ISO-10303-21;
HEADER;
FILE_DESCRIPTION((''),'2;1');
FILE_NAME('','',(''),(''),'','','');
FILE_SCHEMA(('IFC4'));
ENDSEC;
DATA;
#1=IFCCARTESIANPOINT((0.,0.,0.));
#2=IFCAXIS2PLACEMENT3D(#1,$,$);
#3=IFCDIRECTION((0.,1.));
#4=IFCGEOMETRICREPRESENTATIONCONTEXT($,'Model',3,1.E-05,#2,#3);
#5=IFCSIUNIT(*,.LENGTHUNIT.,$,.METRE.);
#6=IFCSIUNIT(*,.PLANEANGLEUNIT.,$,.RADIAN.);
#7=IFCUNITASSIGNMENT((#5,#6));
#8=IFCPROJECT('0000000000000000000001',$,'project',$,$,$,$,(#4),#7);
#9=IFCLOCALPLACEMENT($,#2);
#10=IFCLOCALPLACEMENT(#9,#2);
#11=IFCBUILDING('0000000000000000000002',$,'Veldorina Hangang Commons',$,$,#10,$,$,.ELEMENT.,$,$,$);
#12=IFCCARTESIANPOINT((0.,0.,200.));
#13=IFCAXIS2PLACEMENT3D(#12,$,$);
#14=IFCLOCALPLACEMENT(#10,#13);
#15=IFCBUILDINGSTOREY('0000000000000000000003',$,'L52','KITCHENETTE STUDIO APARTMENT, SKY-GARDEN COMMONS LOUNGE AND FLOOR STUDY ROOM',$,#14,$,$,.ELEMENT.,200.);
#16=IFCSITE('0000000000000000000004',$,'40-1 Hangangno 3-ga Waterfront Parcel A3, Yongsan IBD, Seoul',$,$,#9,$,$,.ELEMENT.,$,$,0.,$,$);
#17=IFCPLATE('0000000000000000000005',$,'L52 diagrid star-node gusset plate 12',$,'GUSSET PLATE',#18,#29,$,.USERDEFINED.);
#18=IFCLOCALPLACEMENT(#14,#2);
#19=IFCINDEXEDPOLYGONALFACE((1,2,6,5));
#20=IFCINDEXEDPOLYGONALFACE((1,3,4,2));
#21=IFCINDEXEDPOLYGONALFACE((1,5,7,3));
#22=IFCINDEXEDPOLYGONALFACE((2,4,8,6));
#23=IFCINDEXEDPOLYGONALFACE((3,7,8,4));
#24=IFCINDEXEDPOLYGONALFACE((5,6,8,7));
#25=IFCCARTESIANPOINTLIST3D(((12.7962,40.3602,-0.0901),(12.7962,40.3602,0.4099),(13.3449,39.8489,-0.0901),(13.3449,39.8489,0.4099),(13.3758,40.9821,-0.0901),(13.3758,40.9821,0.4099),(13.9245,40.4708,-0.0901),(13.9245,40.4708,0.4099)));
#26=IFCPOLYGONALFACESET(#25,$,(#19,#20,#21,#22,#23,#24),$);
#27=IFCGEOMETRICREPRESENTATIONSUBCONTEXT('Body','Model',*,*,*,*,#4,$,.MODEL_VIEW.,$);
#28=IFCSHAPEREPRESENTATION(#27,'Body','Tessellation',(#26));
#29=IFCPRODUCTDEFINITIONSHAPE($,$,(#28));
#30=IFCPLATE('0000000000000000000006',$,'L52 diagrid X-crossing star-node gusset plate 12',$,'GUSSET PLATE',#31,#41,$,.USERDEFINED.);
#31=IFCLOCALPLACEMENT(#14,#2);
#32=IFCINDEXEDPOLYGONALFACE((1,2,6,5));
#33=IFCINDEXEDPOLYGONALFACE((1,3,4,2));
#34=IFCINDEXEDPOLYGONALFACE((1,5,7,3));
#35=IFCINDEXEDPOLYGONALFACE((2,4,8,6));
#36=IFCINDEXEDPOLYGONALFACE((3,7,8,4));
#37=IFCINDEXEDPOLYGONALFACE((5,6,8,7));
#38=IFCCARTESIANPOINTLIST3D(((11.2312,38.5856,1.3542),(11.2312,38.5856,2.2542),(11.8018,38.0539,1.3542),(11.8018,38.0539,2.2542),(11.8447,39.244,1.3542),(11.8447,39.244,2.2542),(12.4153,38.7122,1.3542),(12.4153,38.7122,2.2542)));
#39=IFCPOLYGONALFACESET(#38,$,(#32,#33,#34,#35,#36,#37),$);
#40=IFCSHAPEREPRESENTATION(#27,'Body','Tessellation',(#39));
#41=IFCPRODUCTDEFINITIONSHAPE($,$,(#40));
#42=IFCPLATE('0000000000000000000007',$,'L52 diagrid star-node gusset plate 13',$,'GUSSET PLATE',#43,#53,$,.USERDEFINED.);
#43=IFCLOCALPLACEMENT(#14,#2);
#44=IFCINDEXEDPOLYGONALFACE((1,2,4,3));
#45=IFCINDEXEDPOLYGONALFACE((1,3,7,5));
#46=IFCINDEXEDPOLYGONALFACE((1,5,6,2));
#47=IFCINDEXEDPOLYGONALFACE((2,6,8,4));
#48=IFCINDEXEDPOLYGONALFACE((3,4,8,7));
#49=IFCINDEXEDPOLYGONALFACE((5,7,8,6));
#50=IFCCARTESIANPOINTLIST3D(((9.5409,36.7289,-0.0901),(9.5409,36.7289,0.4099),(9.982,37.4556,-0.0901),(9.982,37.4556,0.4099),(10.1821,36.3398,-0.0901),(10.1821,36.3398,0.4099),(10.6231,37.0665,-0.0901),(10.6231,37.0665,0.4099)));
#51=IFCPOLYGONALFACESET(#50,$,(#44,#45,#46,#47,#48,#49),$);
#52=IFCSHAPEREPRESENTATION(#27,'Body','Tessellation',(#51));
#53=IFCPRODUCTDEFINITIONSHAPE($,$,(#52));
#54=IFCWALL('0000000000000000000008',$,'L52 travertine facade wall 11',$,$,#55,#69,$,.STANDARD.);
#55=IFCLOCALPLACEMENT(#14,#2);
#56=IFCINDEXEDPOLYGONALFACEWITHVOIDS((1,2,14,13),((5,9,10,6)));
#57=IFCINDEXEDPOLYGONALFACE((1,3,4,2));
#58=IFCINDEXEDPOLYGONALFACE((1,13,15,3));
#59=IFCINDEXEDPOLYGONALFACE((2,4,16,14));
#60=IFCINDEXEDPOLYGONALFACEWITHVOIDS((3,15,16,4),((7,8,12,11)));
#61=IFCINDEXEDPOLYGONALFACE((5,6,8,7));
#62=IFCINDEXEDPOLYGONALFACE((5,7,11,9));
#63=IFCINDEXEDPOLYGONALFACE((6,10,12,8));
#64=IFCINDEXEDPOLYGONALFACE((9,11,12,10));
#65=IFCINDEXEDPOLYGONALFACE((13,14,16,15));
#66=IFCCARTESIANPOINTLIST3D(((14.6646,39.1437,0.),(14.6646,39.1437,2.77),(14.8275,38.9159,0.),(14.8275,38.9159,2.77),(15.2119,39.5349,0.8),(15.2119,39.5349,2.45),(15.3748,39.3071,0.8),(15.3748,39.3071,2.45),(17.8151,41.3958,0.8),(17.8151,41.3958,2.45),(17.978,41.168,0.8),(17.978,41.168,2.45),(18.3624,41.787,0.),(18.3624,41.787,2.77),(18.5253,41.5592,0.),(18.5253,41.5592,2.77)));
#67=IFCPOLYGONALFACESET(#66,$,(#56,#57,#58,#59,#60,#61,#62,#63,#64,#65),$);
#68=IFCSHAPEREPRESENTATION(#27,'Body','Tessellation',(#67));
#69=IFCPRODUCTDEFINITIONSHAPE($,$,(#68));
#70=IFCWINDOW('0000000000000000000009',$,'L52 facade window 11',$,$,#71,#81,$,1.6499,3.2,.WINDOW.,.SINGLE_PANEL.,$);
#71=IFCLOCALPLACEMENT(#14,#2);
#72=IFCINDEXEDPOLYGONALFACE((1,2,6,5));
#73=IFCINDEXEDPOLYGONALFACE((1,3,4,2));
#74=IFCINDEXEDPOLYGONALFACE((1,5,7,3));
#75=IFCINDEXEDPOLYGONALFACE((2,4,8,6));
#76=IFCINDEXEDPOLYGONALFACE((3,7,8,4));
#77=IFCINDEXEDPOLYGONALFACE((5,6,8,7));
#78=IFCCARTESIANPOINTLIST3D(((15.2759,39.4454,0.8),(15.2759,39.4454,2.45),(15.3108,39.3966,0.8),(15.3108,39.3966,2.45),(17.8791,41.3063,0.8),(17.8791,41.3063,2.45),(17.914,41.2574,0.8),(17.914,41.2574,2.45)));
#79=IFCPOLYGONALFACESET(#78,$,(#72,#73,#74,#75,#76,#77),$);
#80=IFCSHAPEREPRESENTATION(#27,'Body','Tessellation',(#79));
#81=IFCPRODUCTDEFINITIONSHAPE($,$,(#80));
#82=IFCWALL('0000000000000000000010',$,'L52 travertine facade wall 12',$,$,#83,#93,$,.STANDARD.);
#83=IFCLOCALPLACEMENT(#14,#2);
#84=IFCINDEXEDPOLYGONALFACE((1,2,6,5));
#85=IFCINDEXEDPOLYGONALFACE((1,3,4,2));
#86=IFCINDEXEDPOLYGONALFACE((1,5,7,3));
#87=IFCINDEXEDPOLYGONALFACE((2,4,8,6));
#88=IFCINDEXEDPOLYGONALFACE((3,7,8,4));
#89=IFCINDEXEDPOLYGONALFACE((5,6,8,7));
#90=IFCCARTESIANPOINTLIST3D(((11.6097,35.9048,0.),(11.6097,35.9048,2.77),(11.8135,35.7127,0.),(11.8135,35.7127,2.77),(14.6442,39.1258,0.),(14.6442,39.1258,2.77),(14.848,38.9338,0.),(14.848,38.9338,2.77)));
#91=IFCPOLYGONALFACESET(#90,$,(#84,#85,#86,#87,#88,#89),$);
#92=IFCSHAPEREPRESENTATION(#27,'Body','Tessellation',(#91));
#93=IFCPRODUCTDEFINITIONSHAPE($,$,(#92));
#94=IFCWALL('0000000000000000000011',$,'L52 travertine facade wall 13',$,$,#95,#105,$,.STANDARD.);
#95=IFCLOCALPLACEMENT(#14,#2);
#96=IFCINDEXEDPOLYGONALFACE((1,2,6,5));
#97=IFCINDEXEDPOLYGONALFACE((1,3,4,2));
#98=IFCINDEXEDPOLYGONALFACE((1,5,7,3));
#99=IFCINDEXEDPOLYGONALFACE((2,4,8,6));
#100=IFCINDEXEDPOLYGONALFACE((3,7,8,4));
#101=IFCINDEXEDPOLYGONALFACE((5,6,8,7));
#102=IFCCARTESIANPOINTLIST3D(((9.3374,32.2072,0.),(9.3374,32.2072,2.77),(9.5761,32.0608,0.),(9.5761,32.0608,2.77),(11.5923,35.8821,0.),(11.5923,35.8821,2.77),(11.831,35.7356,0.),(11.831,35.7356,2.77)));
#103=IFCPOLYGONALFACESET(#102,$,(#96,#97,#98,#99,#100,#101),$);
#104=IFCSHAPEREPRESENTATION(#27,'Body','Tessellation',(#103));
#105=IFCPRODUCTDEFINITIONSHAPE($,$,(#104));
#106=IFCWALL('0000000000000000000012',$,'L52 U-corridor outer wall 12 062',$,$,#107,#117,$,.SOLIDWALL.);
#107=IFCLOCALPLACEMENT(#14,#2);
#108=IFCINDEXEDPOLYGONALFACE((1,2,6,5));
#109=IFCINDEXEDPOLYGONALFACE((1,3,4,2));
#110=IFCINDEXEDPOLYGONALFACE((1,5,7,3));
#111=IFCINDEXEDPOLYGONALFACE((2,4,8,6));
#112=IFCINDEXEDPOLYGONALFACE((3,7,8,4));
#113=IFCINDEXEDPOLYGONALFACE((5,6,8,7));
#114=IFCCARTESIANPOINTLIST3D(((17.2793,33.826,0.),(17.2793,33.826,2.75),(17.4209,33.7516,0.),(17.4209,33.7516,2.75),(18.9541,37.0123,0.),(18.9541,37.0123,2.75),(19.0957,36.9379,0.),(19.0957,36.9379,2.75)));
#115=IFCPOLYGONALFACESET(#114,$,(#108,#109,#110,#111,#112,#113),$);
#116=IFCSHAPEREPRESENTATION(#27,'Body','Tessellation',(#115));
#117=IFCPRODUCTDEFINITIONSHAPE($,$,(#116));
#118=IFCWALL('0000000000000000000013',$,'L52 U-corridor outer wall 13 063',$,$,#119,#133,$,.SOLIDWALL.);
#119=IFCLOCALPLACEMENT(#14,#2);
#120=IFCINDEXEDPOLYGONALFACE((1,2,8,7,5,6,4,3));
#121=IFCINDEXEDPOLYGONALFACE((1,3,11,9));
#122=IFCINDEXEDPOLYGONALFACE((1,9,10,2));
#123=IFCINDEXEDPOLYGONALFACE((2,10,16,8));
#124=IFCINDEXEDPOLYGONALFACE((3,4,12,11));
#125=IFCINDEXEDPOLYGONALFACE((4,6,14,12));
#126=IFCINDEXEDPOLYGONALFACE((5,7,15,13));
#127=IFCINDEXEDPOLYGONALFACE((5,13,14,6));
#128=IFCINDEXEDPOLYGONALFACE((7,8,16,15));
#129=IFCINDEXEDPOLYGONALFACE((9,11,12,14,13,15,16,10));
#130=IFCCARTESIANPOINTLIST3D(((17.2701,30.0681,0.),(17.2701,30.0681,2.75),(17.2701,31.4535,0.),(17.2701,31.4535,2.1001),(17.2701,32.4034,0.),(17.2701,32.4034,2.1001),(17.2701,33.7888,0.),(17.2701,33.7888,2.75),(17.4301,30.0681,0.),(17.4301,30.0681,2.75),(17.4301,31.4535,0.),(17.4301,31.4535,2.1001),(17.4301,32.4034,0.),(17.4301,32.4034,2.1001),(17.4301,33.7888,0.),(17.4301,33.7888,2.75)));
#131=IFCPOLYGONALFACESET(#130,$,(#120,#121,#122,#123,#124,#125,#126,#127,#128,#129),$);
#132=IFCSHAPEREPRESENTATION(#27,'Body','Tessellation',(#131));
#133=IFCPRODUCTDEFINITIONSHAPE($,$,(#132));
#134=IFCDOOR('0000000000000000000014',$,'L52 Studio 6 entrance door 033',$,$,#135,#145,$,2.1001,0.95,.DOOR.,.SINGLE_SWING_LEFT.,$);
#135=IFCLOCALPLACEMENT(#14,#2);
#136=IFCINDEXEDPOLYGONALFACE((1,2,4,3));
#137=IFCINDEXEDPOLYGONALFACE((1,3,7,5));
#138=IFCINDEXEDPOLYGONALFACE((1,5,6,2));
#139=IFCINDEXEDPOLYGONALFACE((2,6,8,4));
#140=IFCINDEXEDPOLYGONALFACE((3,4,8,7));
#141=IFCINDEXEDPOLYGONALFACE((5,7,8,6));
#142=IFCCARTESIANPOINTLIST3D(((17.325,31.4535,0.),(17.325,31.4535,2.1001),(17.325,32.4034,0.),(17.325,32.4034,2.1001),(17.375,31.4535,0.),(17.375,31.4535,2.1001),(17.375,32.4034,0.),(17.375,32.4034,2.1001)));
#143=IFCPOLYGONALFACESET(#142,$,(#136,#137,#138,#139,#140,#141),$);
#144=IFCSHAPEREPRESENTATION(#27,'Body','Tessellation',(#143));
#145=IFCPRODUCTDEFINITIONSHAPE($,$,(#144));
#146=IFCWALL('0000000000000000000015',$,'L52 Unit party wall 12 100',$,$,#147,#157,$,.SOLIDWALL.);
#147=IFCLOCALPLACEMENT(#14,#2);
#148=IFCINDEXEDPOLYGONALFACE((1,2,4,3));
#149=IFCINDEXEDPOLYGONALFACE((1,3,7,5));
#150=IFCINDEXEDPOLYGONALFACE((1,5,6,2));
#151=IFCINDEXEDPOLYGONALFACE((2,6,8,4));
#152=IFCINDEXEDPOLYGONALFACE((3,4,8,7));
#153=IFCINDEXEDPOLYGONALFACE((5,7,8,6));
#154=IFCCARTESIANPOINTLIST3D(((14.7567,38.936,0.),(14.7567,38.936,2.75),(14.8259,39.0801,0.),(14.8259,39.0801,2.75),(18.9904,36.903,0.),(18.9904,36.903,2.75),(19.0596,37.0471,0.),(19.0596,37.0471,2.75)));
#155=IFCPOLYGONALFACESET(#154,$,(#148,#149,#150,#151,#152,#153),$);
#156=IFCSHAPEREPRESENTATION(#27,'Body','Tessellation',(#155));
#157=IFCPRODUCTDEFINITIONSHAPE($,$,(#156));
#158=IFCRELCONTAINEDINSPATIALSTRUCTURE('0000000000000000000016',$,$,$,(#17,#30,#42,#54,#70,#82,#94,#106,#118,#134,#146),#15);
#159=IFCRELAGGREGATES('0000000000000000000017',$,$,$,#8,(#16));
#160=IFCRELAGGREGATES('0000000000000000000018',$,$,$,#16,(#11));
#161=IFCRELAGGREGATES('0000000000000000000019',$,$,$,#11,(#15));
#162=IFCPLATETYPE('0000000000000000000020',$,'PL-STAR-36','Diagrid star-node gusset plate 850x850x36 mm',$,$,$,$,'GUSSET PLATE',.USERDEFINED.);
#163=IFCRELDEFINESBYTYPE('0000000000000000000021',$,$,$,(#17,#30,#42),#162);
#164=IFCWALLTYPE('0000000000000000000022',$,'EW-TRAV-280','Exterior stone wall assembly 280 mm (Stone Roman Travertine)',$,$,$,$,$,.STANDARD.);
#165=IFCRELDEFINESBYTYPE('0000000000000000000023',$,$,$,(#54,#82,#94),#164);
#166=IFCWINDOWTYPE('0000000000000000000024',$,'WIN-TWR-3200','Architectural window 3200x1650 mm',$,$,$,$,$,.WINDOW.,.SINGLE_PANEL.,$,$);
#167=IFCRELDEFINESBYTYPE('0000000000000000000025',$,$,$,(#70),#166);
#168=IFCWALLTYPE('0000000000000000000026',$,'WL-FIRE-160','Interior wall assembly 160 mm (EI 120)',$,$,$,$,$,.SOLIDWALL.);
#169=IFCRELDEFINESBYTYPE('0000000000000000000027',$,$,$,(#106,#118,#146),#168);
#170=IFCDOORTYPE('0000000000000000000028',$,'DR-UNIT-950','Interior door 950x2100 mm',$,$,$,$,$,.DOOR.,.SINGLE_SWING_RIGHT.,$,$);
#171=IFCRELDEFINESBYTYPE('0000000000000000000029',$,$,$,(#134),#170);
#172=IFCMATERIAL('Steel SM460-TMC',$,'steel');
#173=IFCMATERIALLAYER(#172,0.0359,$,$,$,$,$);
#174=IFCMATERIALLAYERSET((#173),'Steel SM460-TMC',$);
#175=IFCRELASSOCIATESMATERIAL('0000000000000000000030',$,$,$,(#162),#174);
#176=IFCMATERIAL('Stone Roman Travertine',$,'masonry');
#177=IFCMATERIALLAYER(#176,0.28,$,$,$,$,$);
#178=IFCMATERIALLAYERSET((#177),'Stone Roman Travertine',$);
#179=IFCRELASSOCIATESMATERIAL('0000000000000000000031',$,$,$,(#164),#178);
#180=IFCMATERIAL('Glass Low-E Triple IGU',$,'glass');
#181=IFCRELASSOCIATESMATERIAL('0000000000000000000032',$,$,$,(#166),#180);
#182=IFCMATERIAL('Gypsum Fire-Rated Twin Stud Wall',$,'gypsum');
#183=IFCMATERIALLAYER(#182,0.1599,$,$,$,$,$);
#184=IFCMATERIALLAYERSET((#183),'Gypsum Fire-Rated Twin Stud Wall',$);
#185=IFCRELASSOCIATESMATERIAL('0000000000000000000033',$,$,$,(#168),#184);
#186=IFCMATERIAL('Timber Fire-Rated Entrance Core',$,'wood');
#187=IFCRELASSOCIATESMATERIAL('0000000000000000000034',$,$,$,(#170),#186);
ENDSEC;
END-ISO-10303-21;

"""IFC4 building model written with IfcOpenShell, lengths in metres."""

from ifc_helpers import new_model, si_unit, direction, frame, frame_2d, origin, origin_2d, place, context, subcontext, project, spatial, rectangle, extrude, material, layer, layer_set, type_object, element, fill, save


model = new_model("IFC4")

# Units and contexts
model_context = context("Model", 3, precision=1e-05, world=origin(), true_north=direction((0.0, 1.0)))
body_context = subcontext(model_context, "Body", "Model", "MODEL_VIEW")
ifc_project = project(units=[si_unit("LENGTHUNIT", "METRE"), si_unit("PLANEANGLEUNIT", "RADIAN")], contexts=[model_context])

# Site, building, storey
site_placement = place(None, origin())
site = spatial("IfcSite", under=ifc_project, at=site_placement, Name="40-1 Hangangno 3-ga Waterfront Parcel A3, Yongsan IBD, Seoul", CompositionType="ELEMENT", RefElevation=0.0)
building_placement = place(site_placement, origin())
building = spatial("IfcBuilding", under=site, at=building_placement, Name="Veldorina Hangang Commons", CompositionType="ELEMENT")
storey_placement = place(building_placement, frame((0.0, 0.0, 200.0)))
storey = spatial("IfcBuildingStorey", under=building, at=storey_placement, Name="L52", Description="KITCHENETTE STUDIO APARTMENT, SKY-GARDEN COMMONS LOUNGE AND FLOOR STUDY ROOM", CompositionType="ELEMENT", Elevation=200.0)

# Plates
ifc_material_1 = material(Name="Steel SM460-TMC", Category="steel")
ifc_layer_1 = layer(ifc_material_1, 0.0359)
ifc_layer_set_1 = layer_set([ifc_layer_1], Name="Steel SM460-TMC")
plate_type = type_object("IfcPlateType", Name="PL-STAR-36", Description="Diagrid star-node gusset plate 850x850x36 mm", ElementType="GUSSET PLATE", PredefinedType="USERDEFINED", material=ifc_layer_set_1)
for number, where, z_axis, x_axis, name in (
    (1, (13.3604, 40.4155, -0.0901), (0.0, 0.0, 1.0), (-0.681756, -0.73158, 0.0), "L52 diagrid star-node gusset plate 12"),
):
    element("IfcPlate", number, at=place(storey_placement, frame(where, z_axis=z_axis, x_axis=x_axis)), inside=storey, type_object=plate_type, Name=name, ObjectType="GUSSET PLATE", PredefinedType="USERDEFINED", context=body_context, shape_type="SweptSolid", body=[
        extrude(rectangle(XDim=0.8501, YDim=0.75, at=origin_2d()), origin(), (0.0, 0.0, 1.0), 0.5),
    ])
plate_1_placement = place(storey_placement, frame((11.8232, 38.6489, 1.3542), z_axis=(0.0, 0.0, 1.0), x_axis=(-0.681756, -0.73158, 0.0)))
element("IfcPlate", 2, at=plate_1_placement, inside=storey, type_object=plate_type, Name="L52 diagrid X-crossing star-node gusset plate 12", ObjectType="GUSSET PLATE", PredefinedType="USERDEFINED", context=body_context, shape_type="SweptSolid", body=[
    extrude(rectangle(XDim=0.8999, YDim=0.78, at=origin_2d()), origin(), (0.0, 0.0, 1.0), 0.8999),
])
plate_2_placement = place(storey_placement, frame((10.082, 36.8977, -0.0901), z_axis=(0.0, 0.0, 1.0), x_axis=(-0.518833, -0.854876, 0.0)))
element("IfcPlate", 3, at=plate_2_placement, inside=storey, type_object=plate_type, Name="L52 diagrid star-node gusset plate 13", ObjectType="GUSSET PLATE", PredefinedType="USERDEFINED", context=body_context, shape_type="SweptSolid", body=[
    extrude(rectangle(XDim=0.8501, YDim=0.75, at=origin_2d()), origin(), (0.0, 0.0, 1.0), 0.5),
])

# Wall, opening, window
ifc_material_2 = material(Name="Stone Roman Travertine", Category="masonry")
ifc_layer_2 = layer(ifc_material_2, 0.28)
ifc_layer_set_2 = layer_set([ifc_layer_2], Name="Stone Roman Travertine")
wall_type_1 = type_object("IfcWallType", Name="EW-TRAV-280", Description="Exterior stone wall assembly 280 mm (Stone Roman Travertine)", PredefinedType="STANDARD", material=ifc_layer_set_2)
wall_1_placement = place(storey_placement, frame((18.4438, 41.6731, 0.0), z_axis=(0.0, 0.0, 1.0), x_axis=(-0.813519, -0.581538, 0.0)))
wall_1 = element("IfcWall", 4, at=wall_1_placement, inside=storey, type_object=wall_type_1, Name="L52 travertine facade wall 11", PredefinedType="STANDARD", context=body_context, shape_type="SweptSolid", body=[
    extrude(rectangle(XDim=4.5454, YDim=0.28, at=frame_2d((2.2727, 0.0))), origin(), (0.0, 0.0, 1.0), 2.77),
])
opening_1_placement = place(wall_1_placement, frame((0.6726, 0.0, 0.8)))
opening_1 = element("IfcOpeningElement", 5, at=opening_1_placement, cuts=wall_1, PredefinedType="OPENING", context=body_context, shape_type="SweptSolid", body=[
    extrude(rectangle(XDim=3.2, YDim=1.6499, at=frame_2d((1.6001, 0.825))), frame((0.0, 0.1499, 0.0), z_axis=(0.0, -1.0, 0.0), x_axis=(1.0, 0.0, 0.0)), (0.0, 0.0, 1.0), 0.3),
])
ifc_material_3 = material(Name="Glass Low-E Triple IGU", Category="glass")
window_type = type_object("IfcWindowType", Name="WIN-TWR-3200", Description="Architectural window 3200x1650 mm", PartitioningType="SINGLE_PANEL", PredefinedType="WINDOW", material=ifc_material_3)
window_placement = place(opening_1_placement, origin())
window = element("IfcWindow", 6, at=window_placement, inside=storey, type_object=window_type, Name="L52 facade window 11", OverallHeight=1.6499, OverallWidth=3.2, PartitioningType="SINGLE_PANEL", PredefinedType="WINDOW", context=body_context, shape_type="SweptSolid", body=[
    extrude(rectangle(XDim=3.2, YDim=1.6499, at=frame_2d((1.6001, 0.825))), frame((0.0, 0.03, 0.0), z_axis=(0.0, -1.0, 0.0), x_axis=(1.0, 0.0, 0.0)), (0.0, 0.0, 1.0), 0.0601),
])
fill(opening_1, window)

# Walls
wall_2_placement = place(storey_placement, frame((14.7461, 39.0298, 0.0), z_axis=(0.0, 0.0, 1.0), x_axis=(-0.685717, -0.727868, 0.0)))
element("IfcWall", 7, at=wall_2_placement, inside=storey, type_object=wall_type_1, Name="L52 travertine facade wall 12", PredefinedType="STANDARD", context=body_context, shape_type="SweptSolid", body=[
    extrude(rectangle(XDim=4.4253, YDim=0.28, at=frame_2d((2.2126, 0.0))), origin(), (0.0, 0.0, 1.0), 2.77),
])
wall_3_placement = place(storey_placement, frame((11.7117, 35.8088, 0.0), z_axis=(0.0, 0.0, 1.0), x_axis=(-0.522998, -0.852334, 0.0)))
element("IfcWall", 8, at=wall_3_placement, inside=storey, type_object=wall_type_1, Name="L52 travertine facade wall 13", PredefinedType="STANDARD", context=body_context, shape_type="SweptSolid", body=[
    extrude(rectangle(XDim=4.3115, YDim=0.28, at=frame_2d((2.1558, 0.0))), origin(), (0.0, 0.0, 1.0), 2.77),
])
ifc_material_4 = material(Name="Gypsum Fire-Rated Twin Stud Wall", Category="gypsum")
ifc_layer_3 = layer(ifc_material_4, 0.1599)
ifc_layer_set_3 = layer_set([ifc_layer_3], Name="Gypsum Fire-Rated Twin Stud Wall")
wall_type_2 = type_object("IfcWallType", Name="WL-FIRE-160", Description="Interior wall assembly 160 mm (EI 120)", PredefinedType="SOLIDWALL", material=ifc_layer_set_3)
wall_4_placement = place(storey_placement, frame((19.0249, 36.9751, 0.0), z_axis=(0.0, 0.0, 1.0), x_axis=(-0.465271, -0.885168, 0.0)))
element("IfcWall", 9, at=wall_4_placement, inside=storey, type_object=wall_type_2, Name="L52 U-corridor outer wall 12 062", PredefinedType="SOLIDWALL", context=body_context, shape_type="SweptSolid", body=[
    extrude(rectangle(XDim=3.5996, YDim=0.1599, at=frame_2d((1.7998, 0.0))), origin(), (0.0, 0.0, 1.0), 2.75),
])

# Wall, opening, door
wall_5_placement = place(storey_placement, frame((17.3501, 33.7888, 0.0), z_axis=(0.0, 0.0, 1.0), x_axis=(0.0, -1.0, 0.0)))
wall_5 = element("IfcWall", 10, at=wall_5_placement, inside=storey, type_object=wall_type_2, Name="L52 U-corridor outer wall 13 063", PredefinedType="SOLIDWALL", context=body_context, shape_type="SweptSolid", body=[
    extrude(rectangle(XDim=3.7207, YDim=0.1599, at=frame_2d((1.8604, 0.0))), origin(), (0.0, 0.0, 1.0), 2.75),
])
opening_2_placement = place(wall_5_placement, frame((1.3853, 0.0, 0.0)))
opening_2 = element("IfcOpeningElement", 11, at=opening_2_placement, cuts=wall_5, PredefinedType="OPENING", context=body_context, shape_type="SweptSolid", body=[
    extrude(rectangle(XDim=0.95, YDim=2.1001, at=frame_2d((0.4751, 1.05))), frame((0.0, 0.0898, 0.0), z_axis=(0.0, -1.0, 0.0), x_axis=(1.0, 0.0, 0.0)), (0.0, 0.0, 1.0), 0.1799),
])
ifc_material_5 = material(Name="Timber Fire-Rated Entrance Core", Category="wood")
door_type_1 = type_object("IfcDoorType", Name="DR-UNIT-950", Description="Interior door 950x2100 mm", OperationType="SINGLE_SWING_RIGHT", PredefinedType="DOOR", material=ifc_material_5)
door_1_placement = place(opening_2_placement, origin())
door_1 = element("IfcDoor", 12, at=door_1_placement, inside=storey, type_object=door_type_1, Name="L52 Studio 6 entrance door 033", OperationType="SINGLE_SWING_LEFT", OverallHeight=2.1001, OverallWidth=0.95, PredefinedType="DOOR", context=body_context, shape_type="SweptSolid", body=[
    extrude(rectangle(XDim=0.95, YDim=2.1001, at=frame_2d((0.4751, 1.05))), frame((0.0, 0.0249, 0.0), z_axis=(0.0, -1.0, 0.0), x_axis=(1.0, 0.0, 0.0)), (0.0, 0.0, 1.0), 0.05),
])
fill(opening_2, door_1)

# Wall
wall_6_placement = place(storey_placement, frame((19.0249, 36.9751, 0.0), z_axis=(0.0, 0.0, 1.0), x_axis=(-0.901456, 0.432871, 0.0)))
element("IfcWall", 13, at=wall_6_placement, inside=storey, type_object=wall_type_2, Name="L52 Unit party wall 12 100", PredefinedType="SOLIDWALL", context=body_context, shape_type="SweptSolid", body=[
    extrude(rectangle(XDim=4.6965, YDim=0.1599, at=frame_2d((2.3481, 0.0))), origin(), (0.0, 0.0, 1.0), 2.75),
])

save(model, "model.ifc")
